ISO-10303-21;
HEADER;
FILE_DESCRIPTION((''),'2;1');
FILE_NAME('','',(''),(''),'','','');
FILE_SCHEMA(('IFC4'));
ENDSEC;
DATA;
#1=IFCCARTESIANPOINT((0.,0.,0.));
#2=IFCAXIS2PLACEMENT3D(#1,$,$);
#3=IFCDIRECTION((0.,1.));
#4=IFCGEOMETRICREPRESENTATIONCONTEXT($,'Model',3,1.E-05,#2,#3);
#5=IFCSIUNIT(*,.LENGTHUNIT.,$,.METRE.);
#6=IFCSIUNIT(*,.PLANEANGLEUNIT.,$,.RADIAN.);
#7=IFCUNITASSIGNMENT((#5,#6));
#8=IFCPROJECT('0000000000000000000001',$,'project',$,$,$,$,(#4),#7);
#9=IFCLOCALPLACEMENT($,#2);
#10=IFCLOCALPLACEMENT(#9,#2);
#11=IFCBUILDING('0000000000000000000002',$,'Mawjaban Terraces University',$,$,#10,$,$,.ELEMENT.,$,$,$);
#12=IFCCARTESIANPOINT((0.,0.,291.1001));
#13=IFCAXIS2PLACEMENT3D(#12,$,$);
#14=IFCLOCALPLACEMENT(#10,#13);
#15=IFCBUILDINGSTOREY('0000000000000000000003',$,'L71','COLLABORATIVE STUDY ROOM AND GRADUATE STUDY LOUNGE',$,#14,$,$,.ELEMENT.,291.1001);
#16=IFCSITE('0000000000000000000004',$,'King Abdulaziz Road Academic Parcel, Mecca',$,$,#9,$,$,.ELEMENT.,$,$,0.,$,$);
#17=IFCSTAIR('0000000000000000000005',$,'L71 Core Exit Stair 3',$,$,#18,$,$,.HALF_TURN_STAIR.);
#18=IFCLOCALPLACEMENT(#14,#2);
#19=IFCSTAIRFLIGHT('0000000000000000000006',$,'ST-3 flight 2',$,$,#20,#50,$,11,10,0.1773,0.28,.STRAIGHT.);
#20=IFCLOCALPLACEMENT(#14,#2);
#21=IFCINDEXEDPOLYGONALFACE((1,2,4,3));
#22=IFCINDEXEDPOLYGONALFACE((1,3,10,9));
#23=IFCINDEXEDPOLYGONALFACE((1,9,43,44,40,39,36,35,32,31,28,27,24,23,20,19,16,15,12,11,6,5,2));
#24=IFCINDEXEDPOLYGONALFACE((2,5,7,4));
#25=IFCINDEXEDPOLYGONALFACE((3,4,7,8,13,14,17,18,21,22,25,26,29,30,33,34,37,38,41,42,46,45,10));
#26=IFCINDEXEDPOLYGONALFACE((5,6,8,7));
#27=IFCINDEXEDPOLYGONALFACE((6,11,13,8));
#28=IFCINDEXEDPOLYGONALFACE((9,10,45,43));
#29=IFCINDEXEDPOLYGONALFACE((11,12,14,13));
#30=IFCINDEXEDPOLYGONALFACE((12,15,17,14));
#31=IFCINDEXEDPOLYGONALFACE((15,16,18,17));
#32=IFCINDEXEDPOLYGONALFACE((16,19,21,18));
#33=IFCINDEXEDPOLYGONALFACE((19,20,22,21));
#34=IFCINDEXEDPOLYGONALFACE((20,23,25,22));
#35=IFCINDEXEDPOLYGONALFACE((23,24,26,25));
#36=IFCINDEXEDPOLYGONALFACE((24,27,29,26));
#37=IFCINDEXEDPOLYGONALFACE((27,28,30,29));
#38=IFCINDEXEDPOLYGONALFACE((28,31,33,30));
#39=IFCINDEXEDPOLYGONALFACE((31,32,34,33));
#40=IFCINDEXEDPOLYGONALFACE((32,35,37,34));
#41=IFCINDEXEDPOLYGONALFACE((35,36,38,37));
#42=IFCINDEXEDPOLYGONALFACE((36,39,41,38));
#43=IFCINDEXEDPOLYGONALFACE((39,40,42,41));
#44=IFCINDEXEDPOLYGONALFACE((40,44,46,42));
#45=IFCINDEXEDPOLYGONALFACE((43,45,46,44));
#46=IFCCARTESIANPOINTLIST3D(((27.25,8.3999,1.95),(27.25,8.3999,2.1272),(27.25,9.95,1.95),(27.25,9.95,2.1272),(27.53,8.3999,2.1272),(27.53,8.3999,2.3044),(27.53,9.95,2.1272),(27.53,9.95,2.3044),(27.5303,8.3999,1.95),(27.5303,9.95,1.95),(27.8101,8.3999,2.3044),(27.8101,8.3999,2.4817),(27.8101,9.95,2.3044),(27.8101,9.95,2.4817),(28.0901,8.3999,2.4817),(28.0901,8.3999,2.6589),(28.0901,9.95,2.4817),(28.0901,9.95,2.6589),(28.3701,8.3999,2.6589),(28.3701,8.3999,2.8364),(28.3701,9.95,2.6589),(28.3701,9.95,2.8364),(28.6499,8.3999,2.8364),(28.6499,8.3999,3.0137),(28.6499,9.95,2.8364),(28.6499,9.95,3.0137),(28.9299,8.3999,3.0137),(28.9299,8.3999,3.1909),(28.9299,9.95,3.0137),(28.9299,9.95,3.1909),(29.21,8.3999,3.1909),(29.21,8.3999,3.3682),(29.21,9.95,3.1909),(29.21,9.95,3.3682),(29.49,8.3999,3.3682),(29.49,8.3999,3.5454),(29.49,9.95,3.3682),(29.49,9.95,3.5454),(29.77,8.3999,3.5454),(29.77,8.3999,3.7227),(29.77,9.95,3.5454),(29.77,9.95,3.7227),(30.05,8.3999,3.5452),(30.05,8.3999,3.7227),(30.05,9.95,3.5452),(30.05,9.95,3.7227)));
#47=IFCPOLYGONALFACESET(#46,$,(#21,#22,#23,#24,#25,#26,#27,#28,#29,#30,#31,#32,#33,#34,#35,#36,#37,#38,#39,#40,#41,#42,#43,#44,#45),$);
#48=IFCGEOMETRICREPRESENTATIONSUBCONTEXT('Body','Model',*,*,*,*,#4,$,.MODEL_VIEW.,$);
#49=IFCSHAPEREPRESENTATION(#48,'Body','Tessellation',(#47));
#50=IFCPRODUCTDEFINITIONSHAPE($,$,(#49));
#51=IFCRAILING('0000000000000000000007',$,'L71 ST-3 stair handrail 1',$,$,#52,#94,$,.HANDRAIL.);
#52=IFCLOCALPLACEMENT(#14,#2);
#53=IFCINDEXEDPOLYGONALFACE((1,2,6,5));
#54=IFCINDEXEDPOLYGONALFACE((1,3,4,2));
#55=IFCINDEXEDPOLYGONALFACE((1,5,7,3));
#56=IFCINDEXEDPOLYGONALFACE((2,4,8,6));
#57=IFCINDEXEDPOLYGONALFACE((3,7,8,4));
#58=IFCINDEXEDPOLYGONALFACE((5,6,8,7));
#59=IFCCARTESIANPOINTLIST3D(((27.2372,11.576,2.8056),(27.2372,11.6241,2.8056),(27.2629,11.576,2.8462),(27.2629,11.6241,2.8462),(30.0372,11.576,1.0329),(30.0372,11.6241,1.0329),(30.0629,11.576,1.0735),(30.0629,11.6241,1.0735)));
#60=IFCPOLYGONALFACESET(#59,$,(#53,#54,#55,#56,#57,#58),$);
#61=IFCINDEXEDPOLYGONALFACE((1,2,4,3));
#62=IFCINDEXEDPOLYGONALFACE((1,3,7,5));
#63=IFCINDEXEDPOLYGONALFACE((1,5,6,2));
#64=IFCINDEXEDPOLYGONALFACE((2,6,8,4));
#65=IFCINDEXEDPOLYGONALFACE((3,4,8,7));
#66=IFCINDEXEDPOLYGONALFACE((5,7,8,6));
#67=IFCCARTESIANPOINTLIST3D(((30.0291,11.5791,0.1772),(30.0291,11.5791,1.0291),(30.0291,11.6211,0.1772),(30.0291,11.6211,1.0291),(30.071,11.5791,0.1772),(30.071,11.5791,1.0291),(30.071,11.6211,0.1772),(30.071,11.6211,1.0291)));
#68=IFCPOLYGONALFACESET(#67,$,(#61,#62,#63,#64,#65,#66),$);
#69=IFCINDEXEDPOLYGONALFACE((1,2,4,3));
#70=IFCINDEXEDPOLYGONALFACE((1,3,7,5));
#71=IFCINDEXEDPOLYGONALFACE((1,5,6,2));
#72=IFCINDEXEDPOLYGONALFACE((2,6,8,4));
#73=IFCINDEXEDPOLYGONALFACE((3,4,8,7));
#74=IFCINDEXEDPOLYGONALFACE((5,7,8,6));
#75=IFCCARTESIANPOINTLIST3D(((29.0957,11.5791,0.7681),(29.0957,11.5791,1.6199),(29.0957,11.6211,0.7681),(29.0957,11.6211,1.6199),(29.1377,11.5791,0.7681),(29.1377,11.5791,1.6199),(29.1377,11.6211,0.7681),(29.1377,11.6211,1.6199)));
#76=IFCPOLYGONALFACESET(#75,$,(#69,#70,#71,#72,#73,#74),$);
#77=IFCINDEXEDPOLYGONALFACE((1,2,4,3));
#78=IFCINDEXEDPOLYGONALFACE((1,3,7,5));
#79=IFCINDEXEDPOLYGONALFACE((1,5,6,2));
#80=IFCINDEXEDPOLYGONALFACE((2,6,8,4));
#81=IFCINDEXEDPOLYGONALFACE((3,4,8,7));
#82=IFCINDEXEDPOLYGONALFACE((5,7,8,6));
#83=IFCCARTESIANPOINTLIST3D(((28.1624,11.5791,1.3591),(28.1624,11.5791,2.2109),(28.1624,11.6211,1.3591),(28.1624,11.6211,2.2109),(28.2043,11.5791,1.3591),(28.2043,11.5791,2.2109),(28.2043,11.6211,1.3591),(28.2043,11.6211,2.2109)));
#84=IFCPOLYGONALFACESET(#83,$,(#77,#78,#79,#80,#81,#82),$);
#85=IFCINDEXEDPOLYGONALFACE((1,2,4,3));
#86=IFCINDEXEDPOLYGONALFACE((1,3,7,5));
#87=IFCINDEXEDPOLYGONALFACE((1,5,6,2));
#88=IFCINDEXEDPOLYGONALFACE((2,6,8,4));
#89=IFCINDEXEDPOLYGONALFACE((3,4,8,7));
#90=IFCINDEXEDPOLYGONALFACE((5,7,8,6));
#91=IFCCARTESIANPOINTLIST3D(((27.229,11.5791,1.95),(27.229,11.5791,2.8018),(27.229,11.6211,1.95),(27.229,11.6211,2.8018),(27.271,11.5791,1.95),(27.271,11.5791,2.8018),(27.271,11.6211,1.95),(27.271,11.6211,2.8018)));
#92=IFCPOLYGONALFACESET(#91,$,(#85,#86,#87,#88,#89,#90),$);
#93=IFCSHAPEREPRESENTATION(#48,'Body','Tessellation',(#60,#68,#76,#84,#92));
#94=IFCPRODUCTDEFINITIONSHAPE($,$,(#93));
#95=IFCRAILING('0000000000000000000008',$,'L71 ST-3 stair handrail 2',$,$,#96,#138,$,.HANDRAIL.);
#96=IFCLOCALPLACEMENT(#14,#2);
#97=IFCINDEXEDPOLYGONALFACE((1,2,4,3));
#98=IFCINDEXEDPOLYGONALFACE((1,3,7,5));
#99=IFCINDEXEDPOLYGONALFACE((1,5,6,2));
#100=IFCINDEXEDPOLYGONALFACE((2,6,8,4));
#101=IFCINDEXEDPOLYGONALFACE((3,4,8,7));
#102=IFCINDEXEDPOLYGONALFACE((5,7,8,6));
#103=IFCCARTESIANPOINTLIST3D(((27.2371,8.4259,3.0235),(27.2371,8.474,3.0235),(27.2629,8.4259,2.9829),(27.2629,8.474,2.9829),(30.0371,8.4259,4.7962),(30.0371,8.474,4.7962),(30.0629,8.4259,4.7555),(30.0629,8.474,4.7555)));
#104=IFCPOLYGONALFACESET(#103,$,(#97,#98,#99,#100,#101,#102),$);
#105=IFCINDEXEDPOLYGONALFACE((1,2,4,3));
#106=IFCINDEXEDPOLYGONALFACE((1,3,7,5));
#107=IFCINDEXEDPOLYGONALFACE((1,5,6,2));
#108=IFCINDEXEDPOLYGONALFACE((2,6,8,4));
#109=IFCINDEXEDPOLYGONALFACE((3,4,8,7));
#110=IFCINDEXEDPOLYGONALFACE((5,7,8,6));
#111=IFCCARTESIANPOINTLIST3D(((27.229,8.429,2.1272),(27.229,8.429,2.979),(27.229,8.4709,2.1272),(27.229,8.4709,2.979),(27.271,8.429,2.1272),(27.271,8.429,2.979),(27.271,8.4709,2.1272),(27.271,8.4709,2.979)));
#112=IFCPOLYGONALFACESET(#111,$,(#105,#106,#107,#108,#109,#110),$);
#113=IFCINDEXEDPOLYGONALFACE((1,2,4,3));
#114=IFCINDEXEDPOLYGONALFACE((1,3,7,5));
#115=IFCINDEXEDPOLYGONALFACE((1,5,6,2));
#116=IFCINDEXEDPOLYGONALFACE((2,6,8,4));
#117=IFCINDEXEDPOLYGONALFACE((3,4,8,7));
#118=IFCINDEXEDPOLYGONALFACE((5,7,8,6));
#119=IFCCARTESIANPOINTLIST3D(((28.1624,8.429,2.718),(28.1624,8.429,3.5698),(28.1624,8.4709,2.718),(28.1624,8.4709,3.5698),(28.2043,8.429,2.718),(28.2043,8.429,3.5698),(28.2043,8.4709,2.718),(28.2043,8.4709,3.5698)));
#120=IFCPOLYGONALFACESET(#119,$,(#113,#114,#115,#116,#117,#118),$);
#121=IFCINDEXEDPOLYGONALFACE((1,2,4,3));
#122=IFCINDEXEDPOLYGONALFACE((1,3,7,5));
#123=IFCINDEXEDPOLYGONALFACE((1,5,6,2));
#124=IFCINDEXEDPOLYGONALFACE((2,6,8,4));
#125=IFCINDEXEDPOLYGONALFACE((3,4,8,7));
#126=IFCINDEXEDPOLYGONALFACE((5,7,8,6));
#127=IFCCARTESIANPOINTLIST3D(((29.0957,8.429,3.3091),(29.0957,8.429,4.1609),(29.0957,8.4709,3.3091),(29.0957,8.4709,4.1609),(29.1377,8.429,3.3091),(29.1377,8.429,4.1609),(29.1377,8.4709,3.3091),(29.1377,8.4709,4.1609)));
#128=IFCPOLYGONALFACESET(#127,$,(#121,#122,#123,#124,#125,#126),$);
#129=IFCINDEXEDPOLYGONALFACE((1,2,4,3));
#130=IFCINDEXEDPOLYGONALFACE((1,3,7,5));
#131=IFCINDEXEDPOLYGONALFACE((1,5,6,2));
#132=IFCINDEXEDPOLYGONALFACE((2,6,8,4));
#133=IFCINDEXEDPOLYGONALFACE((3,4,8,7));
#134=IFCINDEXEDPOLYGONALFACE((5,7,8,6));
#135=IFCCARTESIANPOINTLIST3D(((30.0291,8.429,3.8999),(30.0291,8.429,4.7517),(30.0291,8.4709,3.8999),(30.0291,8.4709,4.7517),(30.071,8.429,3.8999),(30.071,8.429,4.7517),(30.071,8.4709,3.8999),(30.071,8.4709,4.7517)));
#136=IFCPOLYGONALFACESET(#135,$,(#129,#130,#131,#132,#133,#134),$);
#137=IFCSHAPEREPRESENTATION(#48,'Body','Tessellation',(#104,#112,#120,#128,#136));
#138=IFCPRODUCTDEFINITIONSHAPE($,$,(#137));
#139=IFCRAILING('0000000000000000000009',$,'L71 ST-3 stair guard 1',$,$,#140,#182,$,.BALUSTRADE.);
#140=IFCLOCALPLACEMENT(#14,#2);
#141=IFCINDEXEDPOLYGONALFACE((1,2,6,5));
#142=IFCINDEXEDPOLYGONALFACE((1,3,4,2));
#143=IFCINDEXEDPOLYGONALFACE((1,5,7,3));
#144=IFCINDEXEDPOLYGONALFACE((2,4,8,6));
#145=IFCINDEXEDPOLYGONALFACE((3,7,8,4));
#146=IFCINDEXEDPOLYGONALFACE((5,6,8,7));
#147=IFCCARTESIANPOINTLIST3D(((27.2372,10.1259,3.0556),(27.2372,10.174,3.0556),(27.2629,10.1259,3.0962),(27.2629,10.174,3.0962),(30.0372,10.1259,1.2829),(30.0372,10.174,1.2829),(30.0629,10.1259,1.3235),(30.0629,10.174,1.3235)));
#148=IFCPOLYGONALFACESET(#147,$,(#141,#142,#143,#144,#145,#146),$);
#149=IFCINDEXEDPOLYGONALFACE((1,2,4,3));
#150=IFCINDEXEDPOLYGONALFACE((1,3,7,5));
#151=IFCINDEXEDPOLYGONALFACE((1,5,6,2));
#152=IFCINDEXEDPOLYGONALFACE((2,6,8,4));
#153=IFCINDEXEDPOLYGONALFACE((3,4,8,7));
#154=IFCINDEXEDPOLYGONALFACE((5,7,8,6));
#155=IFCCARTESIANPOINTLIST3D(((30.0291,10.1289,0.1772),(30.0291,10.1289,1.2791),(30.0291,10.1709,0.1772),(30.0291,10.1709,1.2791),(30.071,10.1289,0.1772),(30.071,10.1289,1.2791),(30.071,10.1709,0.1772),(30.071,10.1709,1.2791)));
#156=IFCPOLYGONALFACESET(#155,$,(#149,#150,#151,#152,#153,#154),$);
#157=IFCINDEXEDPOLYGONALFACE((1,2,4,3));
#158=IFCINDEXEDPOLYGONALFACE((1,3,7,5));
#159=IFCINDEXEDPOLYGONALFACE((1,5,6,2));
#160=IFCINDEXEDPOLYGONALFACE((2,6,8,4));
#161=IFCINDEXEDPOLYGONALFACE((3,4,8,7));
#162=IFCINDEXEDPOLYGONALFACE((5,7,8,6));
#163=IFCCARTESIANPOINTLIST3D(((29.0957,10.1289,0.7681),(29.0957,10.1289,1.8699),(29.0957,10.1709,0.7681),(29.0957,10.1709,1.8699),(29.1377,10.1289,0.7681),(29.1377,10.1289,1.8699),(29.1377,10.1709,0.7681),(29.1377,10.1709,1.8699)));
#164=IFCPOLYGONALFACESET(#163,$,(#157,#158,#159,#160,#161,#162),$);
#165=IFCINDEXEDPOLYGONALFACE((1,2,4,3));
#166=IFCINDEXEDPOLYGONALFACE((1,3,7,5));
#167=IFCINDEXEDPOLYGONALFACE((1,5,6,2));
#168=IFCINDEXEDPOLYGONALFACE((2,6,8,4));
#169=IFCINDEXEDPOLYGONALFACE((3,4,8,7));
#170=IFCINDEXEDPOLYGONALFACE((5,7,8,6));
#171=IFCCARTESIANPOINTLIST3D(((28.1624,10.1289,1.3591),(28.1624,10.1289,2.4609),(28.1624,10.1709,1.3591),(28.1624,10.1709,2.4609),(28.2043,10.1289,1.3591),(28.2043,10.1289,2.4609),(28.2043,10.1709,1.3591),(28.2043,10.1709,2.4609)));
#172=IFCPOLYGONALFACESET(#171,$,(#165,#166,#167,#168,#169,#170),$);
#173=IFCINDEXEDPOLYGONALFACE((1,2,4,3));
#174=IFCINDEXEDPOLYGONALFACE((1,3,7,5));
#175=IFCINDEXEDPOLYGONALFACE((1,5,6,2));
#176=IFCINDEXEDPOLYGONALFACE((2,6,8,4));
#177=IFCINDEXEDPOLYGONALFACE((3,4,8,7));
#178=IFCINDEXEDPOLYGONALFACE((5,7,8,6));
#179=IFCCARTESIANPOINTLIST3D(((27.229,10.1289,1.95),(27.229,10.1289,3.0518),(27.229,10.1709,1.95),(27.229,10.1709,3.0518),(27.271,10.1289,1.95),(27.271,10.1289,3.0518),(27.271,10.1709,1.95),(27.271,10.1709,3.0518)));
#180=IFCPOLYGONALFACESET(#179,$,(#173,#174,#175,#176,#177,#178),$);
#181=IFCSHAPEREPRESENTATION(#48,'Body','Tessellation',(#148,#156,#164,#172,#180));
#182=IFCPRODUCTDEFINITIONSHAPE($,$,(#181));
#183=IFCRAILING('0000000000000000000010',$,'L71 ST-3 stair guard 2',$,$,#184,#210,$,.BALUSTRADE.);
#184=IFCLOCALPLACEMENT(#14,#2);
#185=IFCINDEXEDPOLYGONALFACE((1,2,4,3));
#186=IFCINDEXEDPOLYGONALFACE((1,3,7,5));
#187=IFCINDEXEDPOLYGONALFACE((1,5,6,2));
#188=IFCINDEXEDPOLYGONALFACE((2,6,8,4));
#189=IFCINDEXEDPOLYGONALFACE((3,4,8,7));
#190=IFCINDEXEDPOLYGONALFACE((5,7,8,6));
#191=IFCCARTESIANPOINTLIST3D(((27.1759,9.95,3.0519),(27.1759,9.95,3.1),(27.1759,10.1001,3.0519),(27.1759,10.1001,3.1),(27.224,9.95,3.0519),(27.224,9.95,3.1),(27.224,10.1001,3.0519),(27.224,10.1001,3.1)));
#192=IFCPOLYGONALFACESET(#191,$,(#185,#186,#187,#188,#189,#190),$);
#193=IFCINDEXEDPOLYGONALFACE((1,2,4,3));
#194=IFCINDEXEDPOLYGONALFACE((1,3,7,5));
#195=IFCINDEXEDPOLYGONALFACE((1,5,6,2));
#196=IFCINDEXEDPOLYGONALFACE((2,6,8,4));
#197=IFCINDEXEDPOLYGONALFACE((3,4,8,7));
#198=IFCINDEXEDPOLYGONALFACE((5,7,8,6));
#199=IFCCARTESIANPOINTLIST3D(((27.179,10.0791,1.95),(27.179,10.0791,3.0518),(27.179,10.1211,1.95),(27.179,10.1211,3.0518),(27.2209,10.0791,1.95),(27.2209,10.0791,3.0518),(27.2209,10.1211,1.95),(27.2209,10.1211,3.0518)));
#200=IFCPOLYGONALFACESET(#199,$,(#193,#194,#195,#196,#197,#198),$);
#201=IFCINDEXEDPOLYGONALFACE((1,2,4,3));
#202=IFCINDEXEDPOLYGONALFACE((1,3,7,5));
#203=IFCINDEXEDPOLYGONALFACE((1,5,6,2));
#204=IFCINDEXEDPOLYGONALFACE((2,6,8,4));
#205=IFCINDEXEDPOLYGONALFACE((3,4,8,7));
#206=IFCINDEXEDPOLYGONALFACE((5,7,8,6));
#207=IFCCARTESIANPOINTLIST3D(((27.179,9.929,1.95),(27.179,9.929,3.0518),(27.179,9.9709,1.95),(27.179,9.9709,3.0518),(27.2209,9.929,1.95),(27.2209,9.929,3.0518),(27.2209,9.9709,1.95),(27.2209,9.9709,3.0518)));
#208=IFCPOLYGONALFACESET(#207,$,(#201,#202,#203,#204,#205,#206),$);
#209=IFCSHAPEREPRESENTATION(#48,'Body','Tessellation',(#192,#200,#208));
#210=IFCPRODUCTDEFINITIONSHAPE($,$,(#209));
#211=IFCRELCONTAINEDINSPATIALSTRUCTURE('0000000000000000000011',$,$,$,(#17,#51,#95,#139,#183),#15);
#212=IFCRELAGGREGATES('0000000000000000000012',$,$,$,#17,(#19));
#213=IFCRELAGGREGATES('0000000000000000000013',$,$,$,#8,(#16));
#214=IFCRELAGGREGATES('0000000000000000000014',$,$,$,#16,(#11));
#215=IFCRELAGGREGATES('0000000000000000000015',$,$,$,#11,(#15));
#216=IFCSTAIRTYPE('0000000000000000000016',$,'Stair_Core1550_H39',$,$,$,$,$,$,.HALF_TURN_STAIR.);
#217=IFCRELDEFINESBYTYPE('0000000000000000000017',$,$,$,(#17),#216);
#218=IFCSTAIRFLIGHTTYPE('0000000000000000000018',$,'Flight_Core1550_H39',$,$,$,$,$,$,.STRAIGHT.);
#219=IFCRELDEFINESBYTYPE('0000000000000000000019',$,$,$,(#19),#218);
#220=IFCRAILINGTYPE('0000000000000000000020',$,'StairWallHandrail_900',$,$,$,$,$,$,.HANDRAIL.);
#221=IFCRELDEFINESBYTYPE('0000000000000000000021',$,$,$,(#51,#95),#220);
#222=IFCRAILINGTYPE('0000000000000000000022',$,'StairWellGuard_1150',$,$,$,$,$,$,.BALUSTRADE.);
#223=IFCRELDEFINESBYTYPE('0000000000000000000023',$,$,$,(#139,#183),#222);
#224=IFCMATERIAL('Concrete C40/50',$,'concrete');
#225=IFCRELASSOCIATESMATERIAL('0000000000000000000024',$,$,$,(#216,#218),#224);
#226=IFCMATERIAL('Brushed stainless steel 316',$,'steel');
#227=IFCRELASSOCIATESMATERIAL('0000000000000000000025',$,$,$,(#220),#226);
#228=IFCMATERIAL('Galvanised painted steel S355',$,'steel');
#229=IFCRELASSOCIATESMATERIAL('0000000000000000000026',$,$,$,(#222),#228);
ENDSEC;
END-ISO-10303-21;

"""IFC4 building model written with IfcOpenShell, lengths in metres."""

from ifc_helpers import new_model, si_unit, direction, frame, origin, origin_2d, place, context, subcontext, project, spatial, polyline, rectangle, outline, extrude, material, type_object, element, aggregate, save


model = new_model("IFC4")

# Units and contexts
model_context = context("Model", 3, precision=1e-05, world=origin(), true_north=direction((0.0, 1.0)))
body_context = subcontext(model_context, "Body", "Model", "MODEL_VIEW")
ifc_project = project(units=[si_unit("LENGTHUNIT", "METRE"), si_unit("PLANEANGLEUNIT", "RADIAN")], contexts=[model_context])

# Site, building, storey
site_placement = place(None, origin())
site = spatial("IfcSite", under=ifc_project, at=site_placement, Name="King Abdulaziz Road Academic Parcel, Mecca", CompositionType="ELEMENT", RefElevation=0.0)
building_placement = place(site_placement, origin())
building = spatial("IfcBuilding", under=site, at=building_placement, Name="Mawjaban Terraces University", CompositionType="ELEMENT")
storey_placement = place(building_placement, frame((0.0, 0.0, 291.1001)))
storey = spatial("IfcBuildingStorey", under=building, at=storey_placement, Name="L71", Description="COLLABORATIVE STUDY ROOM AND GRADUATE STUDY LOUNGE", CompositionType="ELEMENT", Elevation=291.1001)

# Shared definitions
ifc_material_1 = material(Name="Concrete C40/50", Category="concrete")

# Stair, stair flight
stair_type = type_object("IfcStairType", Name="Stair_Core1550_H39", PredefinedType="HALF_TURN_STAIR", material=ifc_material_1)
stair_placement = place(storey_placement, origin())
stair = element("IfcStair", 1, at=stair_placement, inside=storey, type_object=stair_type, Name="L71 Core Exit Stair 3", PredefinedType="HALF_TURN_STAIR")
stair_flight_type = type_object("IfcStairFlightType", Name="Flight_Core1550_H39", PredefinedType="STRAIGHT", material=ifc_material_1)
stair_flight_1_placement = place(storey_placement, frame((27.25, 9.175, 1.95), z_axis=(0.0, 0.0, 1.0), x_axis=(1.0, 0.0, 0.0)))
stair_flight_1 = element("IfcStairFlight", 2, at=stair_flight_1_placement, type_object=stair_flight_type, Name="ST-3 flight 2", NumberOfRisers=11, NumberOfTreads=10, PredefinedType="STRAIGHT", RiserHeight=0.1773, TreadLength=0.28, context=body_context, shape_type="SweptSolid", body=[
    extrude(outline(polyline([(0.0, 0.0), (0.0, 0.1772), (0.28, 0.1772), (0.28, 0.3545), (0.5601, 0.3545), (0.5601, 0.5317), (0.8401, 0.5317), (0.8401, 0.709), (1.1201, 0.709), (1.1201, 0.8865), (1.3999, 0.8865), (1.3999, 1.0637), (1.6799, 1.0637), (1.6799, 1.241), (1.96, 1.241), (1.96, 1.4182), (2.24, 1.4182), (2.24, 1.5955), (2.52, 1.5955), (2.52, 1.7727), (2.8, 1.7727), (2.8, 1.95), (2.8, 1.5952), (0.2803, 0.0), (0.0, 0.0)])), frame((0.0, 0.7749, 0.0), z_axis=(0.0, -1.0, 0.0), x_axis=(1.0, 0.0, 0.0)), (0.0, 0.0, 1.0), 1.55),
])
aggregate(stair, [stair_flight_1])

# Railings
ifc_material_2 = material(Name="Brushed stainless steel 316", Category="steel")
railing_type_1 = type_object("IfcRailingType", Name="StairWallHandrail_900", PredefinedType="HANDRAIL", material=ifc_material_2)
railing_1_placement = place(storey_placement, frame((30.05, 11.6001, 0.1772)))
element("IfcRailing", 3, at=railing_1_placement, inside=storey, type_object=railing_type_1, Name="L71 ST-3 stair handrail 1", PredefinedType="HANDRAIL", context=body_context, shape_type="SweptSolid", body=[
    extrude(rectangle(XDim=0.0481, YDim=0.0481, at=origin_2d()), frame((0.0, 0.0, 0.876), z_axis=(-0.844909, 0.0, 0.53491), x_axis=(0.0, -1.0, 0.0)), (0.0, 0.0, 1.0), 3.314),
    extrude(rectangle(XDim=0.042, YDim=0.042, at=origin_2d()), origin(), (0.0, 0.0, 1.0), 0.8518),
    extrude(rectangle(XDim=0.042, YDim=0.042, at=origin_2d()), frame((-0.9333, 0.0, 0.5908)), (0.0, 0.0, 1.0), 0.8518),
    extrude(rectangle(XDim=0.042, YDim=0.042, at=origin_2d()), frame((-1.8667, 0.0, 1.1819)), (0.0, 0.0, 1.0), 0.8518),
    extrude(rectangle(XDim=0.042, YDim=0.042, at=origin_2d()), frame((-2.8, 0.0, 1.7727)), (0.0, 0.0, 1.0), 0.8518),
])
railing_2_placement = place(storey_placement, frame((27.25, 8.45, 2.1272)))
element("IfcRailing", 4, at=railing_2_placement, inside=storey, type_object=railing_type_1, Name="L71 ST-3 stair handrail 2", PredefinedType="HANDRAIL", context=body_context, shape_type="SweptSolid", body=[
    extrude(rectangle(XDim=0.0481, YDim=0.0481, at=origin_2d()), frame((0.0, 0.0, 0.876), z_axis=(0.844909, 0.0, 0.53491), x_axis=(0.0, 1.0, 0.0)), (0.0, 0.0, 1.0), 3.314),
    extrude(rectangle(XDim=0.042, YDim=0.042, at=origin_2d()), origin(), (0.0, 0.0, 1.0), 0.8518),
    extrude(rectangle(XDim=0.042, YDim=0.042, at=origin_2d()), frame((0.9333, 0.0, 0.5908)), (0.0, 0.0, 1.0), 0.8518),
    extrude(rectangle(XDim=0.042, YDim=0.042, at=origin_2d()), frame((1.8667, 0.0, 1.1819)), (0.0, 0.0, 1.0), 0.8518),
    extrude(rectangle(XDim=0.042, YDim=0.042, at=origin_2d()), frame((2.8, 0.0, 1.7727)), (0.0, 0.0, 1.0), 0.8518),
])
ifc_material_3 = material(Name="Galvanised painted steel S355", Category="steel")
railing_type_2 = type_object("IfcRailingType", Name="StairWellGuard_1150", PredefinedType="BALUSTRADE", material=ifc_material_3)
railing_3_placement = place(storey_placement, frame((30.05, 10.1499, 0.1772)))
element("IfcRailing", 5, at=railing_3_placement, inside=storey, type_object=railing_type_2, Name="L71 ST-3 stair guard 1", PredefinedType="BALUSTRADE", context=body_context, shape_type="SweptSolid", body=[
    extrude(rectangle(XDim=0.0481, YDim=0.0481, at=origin_2d()), frame((0.0, 0.0, 1.126), z_axis=(-0.844909, 0.0, 0.53491), x_axis=(0.0, -1.0, 0.0)), (0.0, 0.0, 1.0), 3.314),
    extrude(rectangle(XDim=0.042, YDim=0.042, at=origin_2d()), origin(), (0.0, 0.0, 1.0), 1.1018),
    extrude(rectangle(XDim=0.042, YDim=0.042, at=origin_2d()), frame((-0.9333, 0.0, 0.5908)), (0.0, 0.0, 1.0), 1.1018),
    extrude(rectangle(XDim=0.042, YDim=0.042, at=origin_2d()), frame((-1.8667, 0.0, 1.1819)), (0.0, 0.0, 1.0), 1.1018),
    extrude(rectangle(XDim=0.042, YDim=0.042, at=origin_2d()), frame((-2.8, 0.0, 1.7727)), (0.0, 0.0, 1.0), 1.1018),
])
railing_4_placement = place(storey_placement, frame((27.2, 10.1001, 1.95)))
element("IfcRailing", 6, at=railing_4_placement, inside=storey, type_object=railing_type_2, Name="L71 ST-3 stair guard 2", PredefinedType="BALUSTRADE", context=body_context, shape_type="SweptSolid", body=[
    extrude(rectangle(XDim=0.0481, YDim=0.0481, at=origin_2d()), frame((0.0, 0.0, 1.126), z_axis=(0.0, -1.0, 0.0), x_axis=(1.0, 0.0, 0.0)), (0.0, 0.0, 1.0), 0.1501),
    extrude(rectangle(XDim=0.042, YDim=0.042, at=origin_2d()), origin(), (0.0, 0.0, 1.0), 1.1018),
    extrude(rectangle(XDim=0.042, YDim=0.042, at=origin_2d()), frame((0.0, -0.1501, 0.0)), (0.0, 0.0, 1.0), 1.1018),
])

save(model, "model.ifc")
